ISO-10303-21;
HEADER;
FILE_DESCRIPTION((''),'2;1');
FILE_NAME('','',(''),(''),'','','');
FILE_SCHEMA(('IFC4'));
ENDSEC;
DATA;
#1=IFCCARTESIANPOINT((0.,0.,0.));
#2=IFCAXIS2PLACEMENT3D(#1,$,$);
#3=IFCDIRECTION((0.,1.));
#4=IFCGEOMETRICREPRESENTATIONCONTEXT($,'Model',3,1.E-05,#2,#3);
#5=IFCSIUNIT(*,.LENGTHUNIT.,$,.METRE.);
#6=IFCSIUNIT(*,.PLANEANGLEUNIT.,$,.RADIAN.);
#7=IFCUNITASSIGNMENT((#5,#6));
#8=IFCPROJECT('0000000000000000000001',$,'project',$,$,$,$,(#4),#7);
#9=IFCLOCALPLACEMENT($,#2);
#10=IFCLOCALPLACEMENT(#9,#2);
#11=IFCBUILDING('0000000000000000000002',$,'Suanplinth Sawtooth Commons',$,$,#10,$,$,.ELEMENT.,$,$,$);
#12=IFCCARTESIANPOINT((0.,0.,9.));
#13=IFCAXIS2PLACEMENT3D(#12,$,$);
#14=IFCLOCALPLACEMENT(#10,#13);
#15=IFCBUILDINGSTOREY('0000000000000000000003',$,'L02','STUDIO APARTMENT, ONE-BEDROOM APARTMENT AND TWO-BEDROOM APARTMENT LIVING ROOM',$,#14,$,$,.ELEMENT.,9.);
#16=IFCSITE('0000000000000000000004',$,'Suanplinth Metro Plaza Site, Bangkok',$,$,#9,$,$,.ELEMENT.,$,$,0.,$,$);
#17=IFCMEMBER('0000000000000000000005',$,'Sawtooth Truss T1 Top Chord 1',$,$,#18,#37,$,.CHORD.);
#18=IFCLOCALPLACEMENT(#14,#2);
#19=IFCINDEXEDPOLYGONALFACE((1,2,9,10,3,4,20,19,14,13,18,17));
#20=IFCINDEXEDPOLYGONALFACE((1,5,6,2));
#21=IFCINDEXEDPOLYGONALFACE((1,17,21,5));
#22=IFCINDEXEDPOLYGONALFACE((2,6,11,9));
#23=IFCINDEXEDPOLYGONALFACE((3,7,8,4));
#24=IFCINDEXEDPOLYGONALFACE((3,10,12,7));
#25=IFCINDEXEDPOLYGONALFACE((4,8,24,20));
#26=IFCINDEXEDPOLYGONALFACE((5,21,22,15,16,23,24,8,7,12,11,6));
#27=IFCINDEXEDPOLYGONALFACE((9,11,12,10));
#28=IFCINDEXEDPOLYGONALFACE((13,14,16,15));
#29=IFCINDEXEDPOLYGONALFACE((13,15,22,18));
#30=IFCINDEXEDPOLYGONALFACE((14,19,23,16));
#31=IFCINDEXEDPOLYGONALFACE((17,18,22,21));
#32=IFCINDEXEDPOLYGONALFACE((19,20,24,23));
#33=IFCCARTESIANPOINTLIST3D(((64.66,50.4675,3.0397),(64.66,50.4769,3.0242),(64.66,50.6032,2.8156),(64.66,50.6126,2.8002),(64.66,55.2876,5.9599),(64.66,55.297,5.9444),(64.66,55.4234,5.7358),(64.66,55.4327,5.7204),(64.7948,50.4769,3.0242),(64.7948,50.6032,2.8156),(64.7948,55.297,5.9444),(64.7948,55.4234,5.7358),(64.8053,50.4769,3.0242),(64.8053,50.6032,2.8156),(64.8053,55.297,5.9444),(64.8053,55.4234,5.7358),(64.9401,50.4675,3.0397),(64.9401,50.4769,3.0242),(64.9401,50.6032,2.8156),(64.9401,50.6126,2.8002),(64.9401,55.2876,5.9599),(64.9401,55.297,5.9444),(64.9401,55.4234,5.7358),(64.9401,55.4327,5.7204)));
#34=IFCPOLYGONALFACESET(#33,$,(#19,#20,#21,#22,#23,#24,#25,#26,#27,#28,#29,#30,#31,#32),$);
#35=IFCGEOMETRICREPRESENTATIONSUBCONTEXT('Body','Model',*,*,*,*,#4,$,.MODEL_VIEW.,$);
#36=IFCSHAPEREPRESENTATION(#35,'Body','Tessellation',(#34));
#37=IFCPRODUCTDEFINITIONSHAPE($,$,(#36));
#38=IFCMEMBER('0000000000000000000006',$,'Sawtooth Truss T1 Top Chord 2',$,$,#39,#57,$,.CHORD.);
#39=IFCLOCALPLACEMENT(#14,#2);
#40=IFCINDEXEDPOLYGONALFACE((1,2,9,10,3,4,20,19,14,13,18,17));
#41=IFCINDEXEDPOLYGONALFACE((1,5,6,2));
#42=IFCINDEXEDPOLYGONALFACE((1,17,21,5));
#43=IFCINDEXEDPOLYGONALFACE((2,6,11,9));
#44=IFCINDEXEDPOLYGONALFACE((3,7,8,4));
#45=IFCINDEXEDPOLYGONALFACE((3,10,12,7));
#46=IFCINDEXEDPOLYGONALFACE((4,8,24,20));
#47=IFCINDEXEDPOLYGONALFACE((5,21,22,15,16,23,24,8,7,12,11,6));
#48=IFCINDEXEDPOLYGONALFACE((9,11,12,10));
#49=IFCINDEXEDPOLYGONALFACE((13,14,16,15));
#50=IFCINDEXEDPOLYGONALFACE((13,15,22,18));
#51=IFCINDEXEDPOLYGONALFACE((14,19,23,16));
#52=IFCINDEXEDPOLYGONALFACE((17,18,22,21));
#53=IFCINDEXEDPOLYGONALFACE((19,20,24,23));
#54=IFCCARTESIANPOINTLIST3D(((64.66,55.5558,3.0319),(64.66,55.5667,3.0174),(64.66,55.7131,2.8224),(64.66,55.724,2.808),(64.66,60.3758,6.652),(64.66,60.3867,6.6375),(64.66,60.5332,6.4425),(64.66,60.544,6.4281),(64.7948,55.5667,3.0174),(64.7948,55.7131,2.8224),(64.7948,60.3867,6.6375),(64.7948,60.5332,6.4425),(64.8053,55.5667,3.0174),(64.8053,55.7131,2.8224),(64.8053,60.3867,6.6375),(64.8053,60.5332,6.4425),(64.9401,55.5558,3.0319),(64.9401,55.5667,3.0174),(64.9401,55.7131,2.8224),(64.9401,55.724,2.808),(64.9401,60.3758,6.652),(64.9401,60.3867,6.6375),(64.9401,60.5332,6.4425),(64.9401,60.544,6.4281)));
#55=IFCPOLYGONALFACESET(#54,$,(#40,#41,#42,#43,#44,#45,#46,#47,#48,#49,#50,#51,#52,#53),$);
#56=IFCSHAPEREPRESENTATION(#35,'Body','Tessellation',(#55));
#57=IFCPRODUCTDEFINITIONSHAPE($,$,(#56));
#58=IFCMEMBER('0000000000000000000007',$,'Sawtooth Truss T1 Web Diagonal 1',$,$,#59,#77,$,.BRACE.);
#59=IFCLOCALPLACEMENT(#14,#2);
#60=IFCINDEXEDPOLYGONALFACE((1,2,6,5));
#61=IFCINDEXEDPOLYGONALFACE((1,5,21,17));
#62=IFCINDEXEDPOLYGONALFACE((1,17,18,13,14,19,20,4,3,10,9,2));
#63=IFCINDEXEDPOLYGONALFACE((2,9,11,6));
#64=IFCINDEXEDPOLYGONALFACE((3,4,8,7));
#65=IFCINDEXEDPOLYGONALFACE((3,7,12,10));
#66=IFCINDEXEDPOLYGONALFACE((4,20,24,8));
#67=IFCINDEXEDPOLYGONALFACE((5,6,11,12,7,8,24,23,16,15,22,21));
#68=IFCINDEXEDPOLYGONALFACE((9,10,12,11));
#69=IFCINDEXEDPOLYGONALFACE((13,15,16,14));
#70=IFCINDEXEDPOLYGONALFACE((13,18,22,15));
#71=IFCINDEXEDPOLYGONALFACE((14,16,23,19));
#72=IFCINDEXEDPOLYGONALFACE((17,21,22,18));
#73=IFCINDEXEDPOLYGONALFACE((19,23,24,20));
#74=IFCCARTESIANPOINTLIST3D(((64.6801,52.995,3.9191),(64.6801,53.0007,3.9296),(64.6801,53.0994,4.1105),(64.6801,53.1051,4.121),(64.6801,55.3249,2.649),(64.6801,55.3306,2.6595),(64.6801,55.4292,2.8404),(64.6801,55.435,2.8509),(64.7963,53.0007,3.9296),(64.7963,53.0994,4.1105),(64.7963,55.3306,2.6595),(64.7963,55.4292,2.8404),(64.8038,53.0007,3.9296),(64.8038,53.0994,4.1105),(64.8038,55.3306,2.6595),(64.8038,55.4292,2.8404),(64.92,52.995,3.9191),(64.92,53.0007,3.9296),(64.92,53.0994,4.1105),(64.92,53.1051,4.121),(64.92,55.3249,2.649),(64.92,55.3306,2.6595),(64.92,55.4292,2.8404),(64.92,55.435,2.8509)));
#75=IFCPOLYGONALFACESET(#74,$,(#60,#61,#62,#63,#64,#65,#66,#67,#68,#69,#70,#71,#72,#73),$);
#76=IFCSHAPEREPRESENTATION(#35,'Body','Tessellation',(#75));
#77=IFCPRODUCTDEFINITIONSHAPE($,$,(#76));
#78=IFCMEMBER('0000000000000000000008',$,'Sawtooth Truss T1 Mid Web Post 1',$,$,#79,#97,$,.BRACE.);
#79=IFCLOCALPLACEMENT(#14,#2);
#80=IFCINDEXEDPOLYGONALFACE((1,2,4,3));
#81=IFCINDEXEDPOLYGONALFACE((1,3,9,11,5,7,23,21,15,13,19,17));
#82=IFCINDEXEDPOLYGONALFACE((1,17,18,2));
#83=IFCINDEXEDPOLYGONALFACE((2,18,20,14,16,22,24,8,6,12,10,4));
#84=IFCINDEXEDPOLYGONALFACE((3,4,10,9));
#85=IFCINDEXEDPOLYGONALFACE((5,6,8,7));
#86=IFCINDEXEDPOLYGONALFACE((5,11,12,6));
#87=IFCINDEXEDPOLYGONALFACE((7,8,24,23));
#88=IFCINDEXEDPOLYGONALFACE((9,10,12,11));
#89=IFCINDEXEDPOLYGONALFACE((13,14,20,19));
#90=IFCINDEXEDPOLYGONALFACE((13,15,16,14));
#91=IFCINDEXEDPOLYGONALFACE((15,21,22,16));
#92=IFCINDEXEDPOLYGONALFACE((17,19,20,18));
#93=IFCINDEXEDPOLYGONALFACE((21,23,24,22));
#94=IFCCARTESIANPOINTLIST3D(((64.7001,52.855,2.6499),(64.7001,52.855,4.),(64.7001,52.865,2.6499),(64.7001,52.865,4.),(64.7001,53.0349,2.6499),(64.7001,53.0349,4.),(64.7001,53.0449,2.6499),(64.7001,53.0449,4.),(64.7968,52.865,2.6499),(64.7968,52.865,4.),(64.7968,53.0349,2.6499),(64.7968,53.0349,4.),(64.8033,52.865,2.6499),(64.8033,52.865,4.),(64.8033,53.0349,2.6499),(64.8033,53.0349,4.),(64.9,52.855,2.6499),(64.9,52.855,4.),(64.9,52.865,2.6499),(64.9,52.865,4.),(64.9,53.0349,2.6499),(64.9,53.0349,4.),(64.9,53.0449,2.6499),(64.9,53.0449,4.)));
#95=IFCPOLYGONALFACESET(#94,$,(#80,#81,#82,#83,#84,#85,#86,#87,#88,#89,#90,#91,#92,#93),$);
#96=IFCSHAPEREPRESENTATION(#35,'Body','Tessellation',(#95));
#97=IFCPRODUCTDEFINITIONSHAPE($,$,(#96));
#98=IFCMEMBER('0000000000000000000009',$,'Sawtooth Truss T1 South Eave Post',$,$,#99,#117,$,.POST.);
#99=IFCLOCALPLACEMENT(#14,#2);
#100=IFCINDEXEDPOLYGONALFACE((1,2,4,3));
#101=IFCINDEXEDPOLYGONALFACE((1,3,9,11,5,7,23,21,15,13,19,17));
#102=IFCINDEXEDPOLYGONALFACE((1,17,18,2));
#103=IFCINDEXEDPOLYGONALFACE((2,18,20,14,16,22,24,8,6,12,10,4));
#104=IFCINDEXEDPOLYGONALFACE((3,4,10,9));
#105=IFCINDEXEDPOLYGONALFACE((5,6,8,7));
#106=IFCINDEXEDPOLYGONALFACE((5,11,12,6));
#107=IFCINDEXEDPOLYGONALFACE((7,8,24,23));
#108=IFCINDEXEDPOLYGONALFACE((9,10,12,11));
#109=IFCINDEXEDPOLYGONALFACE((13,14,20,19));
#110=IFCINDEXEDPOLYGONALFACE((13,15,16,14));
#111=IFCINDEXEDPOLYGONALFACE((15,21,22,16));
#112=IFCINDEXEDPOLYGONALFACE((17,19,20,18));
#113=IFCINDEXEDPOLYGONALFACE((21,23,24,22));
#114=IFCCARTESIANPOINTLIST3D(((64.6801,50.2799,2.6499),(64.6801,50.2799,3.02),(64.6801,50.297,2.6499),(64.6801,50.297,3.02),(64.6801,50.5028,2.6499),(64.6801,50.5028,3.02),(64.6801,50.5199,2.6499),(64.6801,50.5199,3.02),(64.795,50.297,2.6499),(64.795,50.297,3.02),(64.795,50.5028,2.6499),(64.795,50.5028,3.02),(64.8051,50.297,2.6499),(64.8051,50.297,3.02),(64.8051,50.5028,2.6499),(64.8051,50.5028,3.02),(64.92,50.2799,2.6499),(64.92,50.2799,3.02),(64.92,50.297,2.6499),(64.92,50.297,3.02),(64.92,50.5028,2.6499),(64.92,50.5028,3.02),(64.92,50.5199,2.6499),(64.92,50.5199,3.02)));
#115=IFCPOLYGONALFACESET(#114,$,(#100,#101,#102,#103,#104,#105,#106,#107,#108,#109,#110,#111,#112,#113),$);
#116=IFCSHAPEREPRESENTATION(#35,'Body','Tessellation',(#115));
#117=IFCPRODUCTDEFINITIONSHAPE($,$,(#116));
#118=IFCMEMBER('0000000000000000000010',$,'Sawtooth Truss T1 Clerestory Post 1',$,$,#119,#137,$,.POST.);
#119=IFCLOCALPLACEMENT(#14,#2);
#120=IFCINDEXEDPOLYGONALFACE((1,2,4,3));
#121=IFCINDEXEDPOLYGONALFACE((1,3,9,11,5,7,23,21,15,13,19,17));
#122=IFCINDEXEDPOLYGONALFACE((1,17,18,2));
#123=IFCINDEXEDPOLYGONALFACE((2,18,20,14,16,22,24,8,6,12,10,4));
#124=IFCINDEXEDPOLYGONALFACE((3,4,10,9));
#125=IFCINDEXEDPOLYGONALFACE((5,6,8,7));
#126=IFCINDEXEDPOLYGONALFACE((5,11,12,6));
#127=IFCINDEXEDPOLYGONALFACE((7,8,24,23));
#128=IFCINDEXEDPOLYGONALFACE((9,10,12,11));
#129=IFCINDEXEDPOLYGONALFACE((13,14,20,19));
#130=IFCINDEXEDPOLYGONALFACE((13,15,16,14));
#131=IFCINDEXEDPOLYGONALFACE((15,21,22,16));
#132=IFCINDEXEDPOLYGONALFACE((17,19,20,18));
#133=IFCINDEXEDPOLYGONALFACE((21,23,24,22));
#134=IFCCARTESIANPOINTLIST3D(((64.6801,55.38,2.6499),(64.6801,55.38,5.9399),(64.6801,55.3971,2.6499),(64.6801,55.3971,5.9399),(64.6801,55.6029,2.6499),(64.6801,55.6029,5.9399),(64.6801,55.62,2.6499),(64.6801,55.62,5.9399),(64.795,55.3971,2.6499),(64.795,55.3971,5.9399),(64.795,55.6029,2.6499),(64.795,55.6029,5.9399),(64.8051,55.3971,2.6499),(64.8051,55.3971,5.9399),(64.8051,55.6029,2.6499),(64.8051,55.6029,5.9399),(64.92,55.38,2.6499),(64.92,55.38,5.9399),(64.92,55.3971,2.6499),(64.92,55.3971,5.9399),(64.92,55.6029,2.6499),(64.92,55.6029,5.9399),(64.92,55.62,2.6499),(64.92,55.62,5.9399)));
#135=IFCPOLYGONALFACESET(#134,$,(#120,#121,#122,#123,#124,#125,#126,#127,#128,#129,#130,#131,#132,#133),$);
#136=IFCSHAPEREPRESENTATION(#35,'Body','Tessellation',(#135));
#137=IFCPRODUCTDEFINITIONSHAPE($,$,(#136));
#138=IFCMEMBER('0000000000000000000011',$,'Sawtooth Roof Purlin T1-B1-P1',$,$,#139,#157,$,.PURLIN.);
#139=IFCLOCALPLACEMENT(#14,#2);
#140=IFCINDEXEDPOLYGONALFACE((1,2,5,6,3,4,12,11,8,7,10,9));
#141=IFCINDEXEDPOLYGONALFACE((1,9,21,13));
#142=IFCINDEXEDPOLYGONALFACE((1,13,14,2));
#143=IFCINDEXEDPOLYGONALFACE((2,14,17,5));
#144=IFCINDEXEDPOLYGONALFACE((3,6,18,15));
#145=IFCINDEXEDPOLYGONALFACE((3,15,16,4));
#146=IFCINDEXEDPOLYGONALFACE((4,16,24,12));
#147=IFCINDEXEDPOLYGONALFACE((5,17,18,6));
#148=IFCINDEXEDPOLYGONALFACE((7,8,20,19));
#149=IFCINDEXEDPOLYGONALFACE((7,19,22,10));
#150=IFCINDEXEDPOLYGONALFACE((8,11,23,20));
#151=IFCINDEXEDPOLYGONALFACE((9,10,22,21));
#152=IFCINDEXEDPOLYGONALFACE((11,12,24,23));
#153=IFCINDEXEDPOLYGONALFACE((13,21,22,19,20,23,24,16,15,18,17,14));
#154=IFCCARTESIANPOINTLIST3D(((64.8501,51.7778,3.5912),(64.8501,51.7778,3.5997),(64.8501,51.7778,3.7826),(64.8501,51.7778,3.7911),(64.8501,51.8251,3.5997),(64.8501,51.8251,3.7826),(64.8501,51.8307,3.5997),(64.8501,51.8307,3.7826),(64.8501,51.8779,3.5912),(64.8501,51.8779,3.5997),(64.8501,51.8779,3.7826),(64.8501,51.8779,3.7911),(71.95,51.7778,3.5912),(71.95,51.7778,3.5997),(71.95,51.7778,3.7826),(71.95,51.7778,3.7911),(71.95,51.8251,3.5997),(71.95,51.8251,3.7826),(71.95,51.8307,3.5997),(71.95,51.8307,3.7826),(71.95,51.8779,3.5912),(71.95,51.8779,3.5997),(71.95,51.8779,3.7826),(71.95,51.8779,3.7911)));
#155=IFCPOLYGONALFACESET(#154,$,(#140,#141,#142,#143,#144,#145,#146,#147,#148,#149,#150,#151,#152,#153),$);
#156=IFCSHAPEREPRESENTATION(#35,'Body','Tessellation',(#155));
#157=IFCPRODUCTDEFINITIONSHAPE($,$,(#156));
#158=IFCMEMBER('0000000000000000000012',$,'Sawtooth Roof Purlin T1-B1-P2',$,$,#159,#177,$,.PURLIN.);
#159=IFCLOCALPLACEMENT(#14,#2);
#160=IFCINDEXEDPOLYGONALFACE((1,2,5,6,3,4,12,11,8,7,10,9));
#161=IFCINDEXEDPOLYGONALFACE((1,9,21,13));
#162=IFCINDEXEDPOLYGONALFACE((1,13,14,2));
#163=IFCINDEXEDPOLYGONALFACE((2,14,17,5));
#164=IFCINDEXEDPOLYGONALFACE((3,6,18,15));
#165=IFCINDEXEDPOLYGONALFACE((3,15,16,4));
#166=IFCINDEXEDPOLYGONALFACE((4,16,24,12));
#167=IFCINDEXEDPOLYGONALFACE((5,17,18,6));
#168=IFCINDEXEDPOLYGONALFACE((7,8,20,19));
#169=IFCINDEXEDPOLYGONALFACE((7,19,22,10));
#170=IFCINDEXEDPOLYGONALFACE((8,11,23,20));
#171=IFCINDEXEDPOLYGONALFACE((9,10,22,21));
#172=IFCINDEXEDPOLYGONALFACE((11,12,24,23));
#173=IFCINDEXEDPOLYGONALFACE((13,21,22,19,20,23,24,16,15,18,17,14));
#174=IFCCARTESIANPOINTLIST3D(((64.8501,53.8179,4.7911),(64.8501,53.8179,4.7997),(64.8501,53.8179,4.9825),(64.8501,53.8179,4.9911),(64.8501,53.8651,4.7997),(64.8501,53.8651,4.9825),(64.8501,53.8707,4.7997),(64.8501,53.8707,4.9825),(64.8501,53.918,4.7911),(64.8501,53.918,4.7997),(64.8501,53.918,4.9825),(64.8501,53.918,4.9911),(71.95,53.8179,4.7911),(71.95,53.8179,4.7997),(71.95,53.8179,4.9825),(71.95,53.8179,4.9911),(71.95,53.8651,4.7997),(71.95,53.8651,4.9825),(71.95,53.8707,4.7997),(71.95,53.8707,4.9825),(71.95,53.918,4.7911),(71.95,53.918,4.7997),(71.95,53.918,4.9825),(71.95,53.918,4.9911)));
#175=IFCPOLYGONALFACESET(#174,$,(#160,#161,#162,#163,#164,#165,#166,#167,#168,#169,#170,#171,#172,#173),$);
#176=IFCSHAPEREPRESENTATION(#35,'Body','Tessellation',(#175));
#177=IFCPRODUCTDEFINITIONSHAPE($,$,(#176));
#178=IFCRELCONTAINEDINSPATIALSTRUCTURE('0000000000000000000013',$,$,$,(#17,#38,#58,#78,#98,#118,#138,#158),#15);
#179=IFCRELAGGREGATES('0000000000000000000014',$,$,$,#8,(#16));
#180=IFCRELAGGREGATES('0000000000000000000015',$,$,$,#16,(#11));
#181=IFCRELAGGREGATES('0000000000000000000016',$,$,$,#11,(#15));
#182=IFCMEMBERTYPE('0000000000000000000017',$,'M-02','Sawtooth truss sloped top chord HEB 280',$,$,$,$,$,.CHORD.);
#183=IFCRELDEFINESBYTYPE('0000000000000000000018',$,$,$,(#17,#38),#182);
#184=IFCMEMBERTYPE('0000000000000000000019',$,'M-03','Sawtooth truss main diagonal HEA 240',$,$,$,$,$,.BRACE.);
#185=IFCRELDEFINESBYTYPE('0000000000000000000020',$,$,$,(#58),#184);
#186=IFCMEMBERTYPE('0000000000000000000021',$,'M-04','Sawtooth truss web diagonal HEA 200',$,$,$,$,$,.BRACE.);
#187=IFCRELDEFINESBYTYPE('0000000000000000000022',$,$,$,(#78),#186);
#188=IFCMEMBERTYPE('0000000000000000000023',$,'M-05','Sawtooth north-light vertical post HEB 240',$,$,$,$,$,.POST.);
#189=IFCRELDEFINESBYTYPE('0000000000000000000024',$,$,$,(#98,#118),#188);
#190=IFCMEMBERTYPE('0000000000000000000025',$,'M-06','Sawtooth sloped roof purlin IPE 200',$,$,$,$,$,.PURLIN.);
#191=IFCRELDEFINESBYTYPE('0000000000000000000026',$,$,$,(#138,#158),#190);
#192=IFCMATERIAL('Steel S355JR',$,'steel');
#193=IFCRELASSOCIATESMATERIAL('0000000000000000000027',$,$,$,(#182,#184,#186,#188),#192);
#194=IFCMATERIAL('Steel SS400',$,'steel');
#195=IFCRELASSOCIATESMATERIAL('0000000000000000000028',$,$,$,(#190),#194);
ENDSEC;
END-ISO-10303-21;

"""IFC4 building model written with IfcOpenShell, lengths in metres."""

from ifc_helpers import new_model, si_unit, direction, frame, origin, origin_2d, place, context, subcontext, project, spatial, i_section, extrude, material, material_profile, profile_set, type_object, element, save


model = new_model("IFC4")

# Units and contexts
model_context = context("Model", 3, precision=1e-05, world=origin(), true_north=direction((0.0, 1.0)))
body_context = subcontext(model_context, "Body", "Model", "MODEL_VIEW")
ifc_project = project(units=[si_unit("LENGTHUNIT", "METRE"), si_unit("PLANEANGLEUNIT", "RADIAN")], contexts=[model_context])

# Site, building, storey
site_placement = place(None, origin())
site = spatial("IfcSite", under=ifc_project, at=site_placement, Name="Suanplinth Metro Plaza Site, Bangkok", CompositionType="ELEMENT", RefElevation=0.0)
building_placement = place(site_placement, origin())
building = spatial("IfcBuilding", under=site, at=building_placement, Name="Suanplinth Sawtooth Commons", CompositionType="ELEMENT")
storey_placement = place(building_placement, frame((0.0, 0.0, 9.0)))
storey = spatial("IfcBuildingStorey", under=building, at=storey_placement, Name="L02", Description="STUDIO APARTMENT, ONE-BEDROOM APARTMENT AND TWO-BEDROOM APARTMENT LIVING ROOM", CompositionType="ELEMENT", Elevation=9.0)

# Shared definitions
ifc_material_1 = material(Name="Steel S355JR", Category="steel")

# Members
ifc_material_profile_1 = material_profile(ifc_material_1, i_section(OverallWidth=0.28, OverallDepth=0.28, WebThickness=0.0105, FlangeThickness=0.0181, at=origin_2d()), Name="HEB 280")
ifc_profile_set_1 = profile_set([ifc_material_profile_1], Name="Steel S355JR")
member_type_1 = type_object("IfcMemberType", Name="M-02", Description="Sawtooth truss sloped top chord HEB 280", PredefinedType="CHORD", material=ifc_profile_set_1)
member_1_placement = place(storey_placement, frame((64.8, 50.54, 2.9199), z_axis=(0.0, 0.855283, 0.518161), x_axis=(-1.0, 0.0, 0.0)))
element("IfcMember", 1, at=member_1_placement, inside=storey, type_object=member_type_1, Name="Sawtooth Truss T1 Top Chord 1", PredefinedType="CHORD", context=body_context, shape_type="SweptSolid", body=[
    extrude(i_section(OverallWidth=0.28, OverallDepth=0.28, WebThickness=0.0105, FlangeThickness=0.0181, at=origin_2d()), origin(), (0.0, 0.0, 1.0), 5.6357),
])
member_2_placement = place(storey_placement, frame((64.8, 55.6399, 2.9199), z_axis=(0.0, 0.799596, 0.600538), x_axis=(-1.0, 0.0, 0.0)))
element("IfcMember", 2, at=member_2_placement, inside=storey, type_object=member_type_1, Name="Sawtooth Truss T1 Top Chord 2", PredefinedType="CHORD", context=body_context, shape_type="SweptSolid", body=[
    extrude(i_section(OverallWidth=0.28, OverallDepth=0.28, WebThickness=0.0105, FlangeThickness=0.0181, at=origin_2d()), origin(), (0.0, 0.0, 1.0), 6.0281),
])
ifc_material_profile_2 = material_profile(ifc_material_1, i_section(OverallWidth=0.24, OverallDepth=0.23, WebThickness=0.0076, FlangeThickness=0.012, at=origin_2d()), Name="HEA 240")
ifc_profile_set_2 = profile_set([ifc_material_profile_2], Name="Steel S355JR")
member_type_2 = type_object("IfcMemberType", Name="M-03", Description="Sawtooth truss main diagonal HEA 240", PredefinedType="BRACE", material=ifc_profile_set_2)
member_3_placement = place(storey_placement, frame((64.8, 53.05, 4.02), z_axis=(0.0, 0.878022, -0.47862), x_axis=(-1.0, 0.0, 0.0)))
element("IfcMember", 3, at=member_3_placement, inside=storey, type_object=member_type_2, Name="Sawtooth Truss T1 Web Diagonal 1", PredefinedType="BRACE", context=body_context, shape_type="SweptSolid", body=[
    extrude(i_section(OverallWidth=0.24, OverallDepth=0.23, WebThickness=0.0076, FlangeThickness=0.012, at=origin_2d()), origin(), (0.0, 0.0, 1.0), 2.6536),
])
ifc_material_profile_3 = material_profile(ifc_material_1, i_section(OverallWidth=0.2, OverallDepth=0.1899, WebThickness=0.0066, FlangeThickness=0.01, at=origin_2d()), Name="HEA 200")
ifc_profile_set_3 = profile_set([ifc_material_profile_3], Name="Steel S355JR")
member_type_3 = type_object("IfcMemberType", Name="M-04", Description="Sawtooth truss web diagonal HEA 200", PredefinedType="BRACE", material=ifc_profile_set_3)
member_4_placement = place(storey_placement, frame((64.8, 52.95, 2.6499), z_axis=(0.0, 0.0, 1.0), x_axis=(1.0, 0.0, 0.0)))
element("IfcMember", 4, at=member_4_placement, inside=storey, type_object=member_type_3, Name="Sawtooth Truss T1 Mid Web Post 1", PredefinedType="BRACE", context=body_context, shape_type="SweptSolid", body=[
    extrude(i_section(OverallWidth=0.2, OverallDepth=0.1899, WebThickness=0.0066, FlangeThickness=0.01, at=origin_2d()), origin(), (0.0, 0.0, 1.0), 1.3501),
])
ifc_material_profile_4 = material_profile(ifc_material_1, i_section(OverallWidth=0.24, OverallDepth=0.24, WebThickness=0.01, FlangeThickness=0.0171, at=origin_2d()), Name="HEB 240")
ifc_profile_set_4 = profile_set([ifc_material_profile_4], Name="Steel S355JR")
member_type_4 = type_object("IfcMemberType", Name="M-05", Description="Sawtooth north-light vertical post HEB 240", PredefinedType="POST", material=ifc_profile_set_4)
member_5_placement = place(storey_placement, frame((64.8, 50.3999, 2.6499), z_axis=(0.0, 0.0, 1.0), x_axis=(1.0, 0.0, 0.0)))
element("IfcMember", 5, at=member_5_placement, inside=storey, type_object=member_type_4, Name="Sawtooth Truss T1 South Eave Post", PredefinedType="POST", context=body_context, shape_type="SweptSolid", body=[
    extrude(i_section(OverallWidth=0.24, OverallDepth=0.24, WebThickness=0.01, FlangeThickness=0.0171, at=origin_2d()), origin(), (0.0, 0.0, 1.0), 0.3701),
])
member_6_placement = place(storey_placement, frame((64.8, 55.5, 2.6499), z_axis=(0.0, 0.0, 1.0), x_axis=(1.0, 0.0, 0.0)))
element("IfcMember", 6, at=member_6_placement, inside=storey, type_object=member_type_4, Name="Sawtooth Truss T1 Clerestory Post 1", PredefinedType="POST", context=body_context, shape_type="SweptSolid", body=[
    extrude(i_section(OverallWidth=0.24, OverallDepth=0.24, WebThickness=0.01, FlangeThickness=0.0171, at=origin_2d()), origin(), (0.0, 0.0, 1.0), 3.29),
])
ifc_material_2 = material(Name="Steel SS400", Category="steel")
ifc_material_profile_5 = material_profile(ifc_material_2, i_section(OverallWidth=0.1001, OverallDepth=0.2, WebThickness=0.0056, FlangeThickness=0.0085, at=origin_2d()), Name="IPE 200")
ifc_profile_set_5 = profile_set([ifc_material_profile_5], Name="Steel SS400")
member_type_5 = type_object("IfcMemberType", Name="M-06", Description="Sawtooth sloped roof purlin IPE 200", PredefinedType="PURLIN", material=ifc_profile_set_5)
for number, where, z_axis, x_axis, name in (
    (7, (64.8501, 51.8279, 3.6912), (1.0, 0.0, 0.0), (0.0, 1.0, 0.0), "Sawtooth Roof Purlin T1-B1-P1"),
    (8, (64.8501, 53.8679, 4.8911), (1.0, 0.0, 0.0), (0.0, 1.0, 0.0), "Sawtooth Roof Purlin T1-B1-P2"),
):
    element("IfcMember", number, at=place(storey_placement, frame(where, z_axis=z_axis, x_axis=x_axis)), inside=storey, type_object=member_type_5, Name=name, PredefinedType="PURLIN", context=body_context, shape_type="SweptSolid", body=[
        extrude(i_section(OverallWidth=0.1001, OverallDepth=0.2, WebThickness=0.0056, FlangeThickness=0.0085, at=origin_2d()), origin(), (0.0, 0.0, 1.0), 7.0999),
    ])

save(model, "model.ifc")
